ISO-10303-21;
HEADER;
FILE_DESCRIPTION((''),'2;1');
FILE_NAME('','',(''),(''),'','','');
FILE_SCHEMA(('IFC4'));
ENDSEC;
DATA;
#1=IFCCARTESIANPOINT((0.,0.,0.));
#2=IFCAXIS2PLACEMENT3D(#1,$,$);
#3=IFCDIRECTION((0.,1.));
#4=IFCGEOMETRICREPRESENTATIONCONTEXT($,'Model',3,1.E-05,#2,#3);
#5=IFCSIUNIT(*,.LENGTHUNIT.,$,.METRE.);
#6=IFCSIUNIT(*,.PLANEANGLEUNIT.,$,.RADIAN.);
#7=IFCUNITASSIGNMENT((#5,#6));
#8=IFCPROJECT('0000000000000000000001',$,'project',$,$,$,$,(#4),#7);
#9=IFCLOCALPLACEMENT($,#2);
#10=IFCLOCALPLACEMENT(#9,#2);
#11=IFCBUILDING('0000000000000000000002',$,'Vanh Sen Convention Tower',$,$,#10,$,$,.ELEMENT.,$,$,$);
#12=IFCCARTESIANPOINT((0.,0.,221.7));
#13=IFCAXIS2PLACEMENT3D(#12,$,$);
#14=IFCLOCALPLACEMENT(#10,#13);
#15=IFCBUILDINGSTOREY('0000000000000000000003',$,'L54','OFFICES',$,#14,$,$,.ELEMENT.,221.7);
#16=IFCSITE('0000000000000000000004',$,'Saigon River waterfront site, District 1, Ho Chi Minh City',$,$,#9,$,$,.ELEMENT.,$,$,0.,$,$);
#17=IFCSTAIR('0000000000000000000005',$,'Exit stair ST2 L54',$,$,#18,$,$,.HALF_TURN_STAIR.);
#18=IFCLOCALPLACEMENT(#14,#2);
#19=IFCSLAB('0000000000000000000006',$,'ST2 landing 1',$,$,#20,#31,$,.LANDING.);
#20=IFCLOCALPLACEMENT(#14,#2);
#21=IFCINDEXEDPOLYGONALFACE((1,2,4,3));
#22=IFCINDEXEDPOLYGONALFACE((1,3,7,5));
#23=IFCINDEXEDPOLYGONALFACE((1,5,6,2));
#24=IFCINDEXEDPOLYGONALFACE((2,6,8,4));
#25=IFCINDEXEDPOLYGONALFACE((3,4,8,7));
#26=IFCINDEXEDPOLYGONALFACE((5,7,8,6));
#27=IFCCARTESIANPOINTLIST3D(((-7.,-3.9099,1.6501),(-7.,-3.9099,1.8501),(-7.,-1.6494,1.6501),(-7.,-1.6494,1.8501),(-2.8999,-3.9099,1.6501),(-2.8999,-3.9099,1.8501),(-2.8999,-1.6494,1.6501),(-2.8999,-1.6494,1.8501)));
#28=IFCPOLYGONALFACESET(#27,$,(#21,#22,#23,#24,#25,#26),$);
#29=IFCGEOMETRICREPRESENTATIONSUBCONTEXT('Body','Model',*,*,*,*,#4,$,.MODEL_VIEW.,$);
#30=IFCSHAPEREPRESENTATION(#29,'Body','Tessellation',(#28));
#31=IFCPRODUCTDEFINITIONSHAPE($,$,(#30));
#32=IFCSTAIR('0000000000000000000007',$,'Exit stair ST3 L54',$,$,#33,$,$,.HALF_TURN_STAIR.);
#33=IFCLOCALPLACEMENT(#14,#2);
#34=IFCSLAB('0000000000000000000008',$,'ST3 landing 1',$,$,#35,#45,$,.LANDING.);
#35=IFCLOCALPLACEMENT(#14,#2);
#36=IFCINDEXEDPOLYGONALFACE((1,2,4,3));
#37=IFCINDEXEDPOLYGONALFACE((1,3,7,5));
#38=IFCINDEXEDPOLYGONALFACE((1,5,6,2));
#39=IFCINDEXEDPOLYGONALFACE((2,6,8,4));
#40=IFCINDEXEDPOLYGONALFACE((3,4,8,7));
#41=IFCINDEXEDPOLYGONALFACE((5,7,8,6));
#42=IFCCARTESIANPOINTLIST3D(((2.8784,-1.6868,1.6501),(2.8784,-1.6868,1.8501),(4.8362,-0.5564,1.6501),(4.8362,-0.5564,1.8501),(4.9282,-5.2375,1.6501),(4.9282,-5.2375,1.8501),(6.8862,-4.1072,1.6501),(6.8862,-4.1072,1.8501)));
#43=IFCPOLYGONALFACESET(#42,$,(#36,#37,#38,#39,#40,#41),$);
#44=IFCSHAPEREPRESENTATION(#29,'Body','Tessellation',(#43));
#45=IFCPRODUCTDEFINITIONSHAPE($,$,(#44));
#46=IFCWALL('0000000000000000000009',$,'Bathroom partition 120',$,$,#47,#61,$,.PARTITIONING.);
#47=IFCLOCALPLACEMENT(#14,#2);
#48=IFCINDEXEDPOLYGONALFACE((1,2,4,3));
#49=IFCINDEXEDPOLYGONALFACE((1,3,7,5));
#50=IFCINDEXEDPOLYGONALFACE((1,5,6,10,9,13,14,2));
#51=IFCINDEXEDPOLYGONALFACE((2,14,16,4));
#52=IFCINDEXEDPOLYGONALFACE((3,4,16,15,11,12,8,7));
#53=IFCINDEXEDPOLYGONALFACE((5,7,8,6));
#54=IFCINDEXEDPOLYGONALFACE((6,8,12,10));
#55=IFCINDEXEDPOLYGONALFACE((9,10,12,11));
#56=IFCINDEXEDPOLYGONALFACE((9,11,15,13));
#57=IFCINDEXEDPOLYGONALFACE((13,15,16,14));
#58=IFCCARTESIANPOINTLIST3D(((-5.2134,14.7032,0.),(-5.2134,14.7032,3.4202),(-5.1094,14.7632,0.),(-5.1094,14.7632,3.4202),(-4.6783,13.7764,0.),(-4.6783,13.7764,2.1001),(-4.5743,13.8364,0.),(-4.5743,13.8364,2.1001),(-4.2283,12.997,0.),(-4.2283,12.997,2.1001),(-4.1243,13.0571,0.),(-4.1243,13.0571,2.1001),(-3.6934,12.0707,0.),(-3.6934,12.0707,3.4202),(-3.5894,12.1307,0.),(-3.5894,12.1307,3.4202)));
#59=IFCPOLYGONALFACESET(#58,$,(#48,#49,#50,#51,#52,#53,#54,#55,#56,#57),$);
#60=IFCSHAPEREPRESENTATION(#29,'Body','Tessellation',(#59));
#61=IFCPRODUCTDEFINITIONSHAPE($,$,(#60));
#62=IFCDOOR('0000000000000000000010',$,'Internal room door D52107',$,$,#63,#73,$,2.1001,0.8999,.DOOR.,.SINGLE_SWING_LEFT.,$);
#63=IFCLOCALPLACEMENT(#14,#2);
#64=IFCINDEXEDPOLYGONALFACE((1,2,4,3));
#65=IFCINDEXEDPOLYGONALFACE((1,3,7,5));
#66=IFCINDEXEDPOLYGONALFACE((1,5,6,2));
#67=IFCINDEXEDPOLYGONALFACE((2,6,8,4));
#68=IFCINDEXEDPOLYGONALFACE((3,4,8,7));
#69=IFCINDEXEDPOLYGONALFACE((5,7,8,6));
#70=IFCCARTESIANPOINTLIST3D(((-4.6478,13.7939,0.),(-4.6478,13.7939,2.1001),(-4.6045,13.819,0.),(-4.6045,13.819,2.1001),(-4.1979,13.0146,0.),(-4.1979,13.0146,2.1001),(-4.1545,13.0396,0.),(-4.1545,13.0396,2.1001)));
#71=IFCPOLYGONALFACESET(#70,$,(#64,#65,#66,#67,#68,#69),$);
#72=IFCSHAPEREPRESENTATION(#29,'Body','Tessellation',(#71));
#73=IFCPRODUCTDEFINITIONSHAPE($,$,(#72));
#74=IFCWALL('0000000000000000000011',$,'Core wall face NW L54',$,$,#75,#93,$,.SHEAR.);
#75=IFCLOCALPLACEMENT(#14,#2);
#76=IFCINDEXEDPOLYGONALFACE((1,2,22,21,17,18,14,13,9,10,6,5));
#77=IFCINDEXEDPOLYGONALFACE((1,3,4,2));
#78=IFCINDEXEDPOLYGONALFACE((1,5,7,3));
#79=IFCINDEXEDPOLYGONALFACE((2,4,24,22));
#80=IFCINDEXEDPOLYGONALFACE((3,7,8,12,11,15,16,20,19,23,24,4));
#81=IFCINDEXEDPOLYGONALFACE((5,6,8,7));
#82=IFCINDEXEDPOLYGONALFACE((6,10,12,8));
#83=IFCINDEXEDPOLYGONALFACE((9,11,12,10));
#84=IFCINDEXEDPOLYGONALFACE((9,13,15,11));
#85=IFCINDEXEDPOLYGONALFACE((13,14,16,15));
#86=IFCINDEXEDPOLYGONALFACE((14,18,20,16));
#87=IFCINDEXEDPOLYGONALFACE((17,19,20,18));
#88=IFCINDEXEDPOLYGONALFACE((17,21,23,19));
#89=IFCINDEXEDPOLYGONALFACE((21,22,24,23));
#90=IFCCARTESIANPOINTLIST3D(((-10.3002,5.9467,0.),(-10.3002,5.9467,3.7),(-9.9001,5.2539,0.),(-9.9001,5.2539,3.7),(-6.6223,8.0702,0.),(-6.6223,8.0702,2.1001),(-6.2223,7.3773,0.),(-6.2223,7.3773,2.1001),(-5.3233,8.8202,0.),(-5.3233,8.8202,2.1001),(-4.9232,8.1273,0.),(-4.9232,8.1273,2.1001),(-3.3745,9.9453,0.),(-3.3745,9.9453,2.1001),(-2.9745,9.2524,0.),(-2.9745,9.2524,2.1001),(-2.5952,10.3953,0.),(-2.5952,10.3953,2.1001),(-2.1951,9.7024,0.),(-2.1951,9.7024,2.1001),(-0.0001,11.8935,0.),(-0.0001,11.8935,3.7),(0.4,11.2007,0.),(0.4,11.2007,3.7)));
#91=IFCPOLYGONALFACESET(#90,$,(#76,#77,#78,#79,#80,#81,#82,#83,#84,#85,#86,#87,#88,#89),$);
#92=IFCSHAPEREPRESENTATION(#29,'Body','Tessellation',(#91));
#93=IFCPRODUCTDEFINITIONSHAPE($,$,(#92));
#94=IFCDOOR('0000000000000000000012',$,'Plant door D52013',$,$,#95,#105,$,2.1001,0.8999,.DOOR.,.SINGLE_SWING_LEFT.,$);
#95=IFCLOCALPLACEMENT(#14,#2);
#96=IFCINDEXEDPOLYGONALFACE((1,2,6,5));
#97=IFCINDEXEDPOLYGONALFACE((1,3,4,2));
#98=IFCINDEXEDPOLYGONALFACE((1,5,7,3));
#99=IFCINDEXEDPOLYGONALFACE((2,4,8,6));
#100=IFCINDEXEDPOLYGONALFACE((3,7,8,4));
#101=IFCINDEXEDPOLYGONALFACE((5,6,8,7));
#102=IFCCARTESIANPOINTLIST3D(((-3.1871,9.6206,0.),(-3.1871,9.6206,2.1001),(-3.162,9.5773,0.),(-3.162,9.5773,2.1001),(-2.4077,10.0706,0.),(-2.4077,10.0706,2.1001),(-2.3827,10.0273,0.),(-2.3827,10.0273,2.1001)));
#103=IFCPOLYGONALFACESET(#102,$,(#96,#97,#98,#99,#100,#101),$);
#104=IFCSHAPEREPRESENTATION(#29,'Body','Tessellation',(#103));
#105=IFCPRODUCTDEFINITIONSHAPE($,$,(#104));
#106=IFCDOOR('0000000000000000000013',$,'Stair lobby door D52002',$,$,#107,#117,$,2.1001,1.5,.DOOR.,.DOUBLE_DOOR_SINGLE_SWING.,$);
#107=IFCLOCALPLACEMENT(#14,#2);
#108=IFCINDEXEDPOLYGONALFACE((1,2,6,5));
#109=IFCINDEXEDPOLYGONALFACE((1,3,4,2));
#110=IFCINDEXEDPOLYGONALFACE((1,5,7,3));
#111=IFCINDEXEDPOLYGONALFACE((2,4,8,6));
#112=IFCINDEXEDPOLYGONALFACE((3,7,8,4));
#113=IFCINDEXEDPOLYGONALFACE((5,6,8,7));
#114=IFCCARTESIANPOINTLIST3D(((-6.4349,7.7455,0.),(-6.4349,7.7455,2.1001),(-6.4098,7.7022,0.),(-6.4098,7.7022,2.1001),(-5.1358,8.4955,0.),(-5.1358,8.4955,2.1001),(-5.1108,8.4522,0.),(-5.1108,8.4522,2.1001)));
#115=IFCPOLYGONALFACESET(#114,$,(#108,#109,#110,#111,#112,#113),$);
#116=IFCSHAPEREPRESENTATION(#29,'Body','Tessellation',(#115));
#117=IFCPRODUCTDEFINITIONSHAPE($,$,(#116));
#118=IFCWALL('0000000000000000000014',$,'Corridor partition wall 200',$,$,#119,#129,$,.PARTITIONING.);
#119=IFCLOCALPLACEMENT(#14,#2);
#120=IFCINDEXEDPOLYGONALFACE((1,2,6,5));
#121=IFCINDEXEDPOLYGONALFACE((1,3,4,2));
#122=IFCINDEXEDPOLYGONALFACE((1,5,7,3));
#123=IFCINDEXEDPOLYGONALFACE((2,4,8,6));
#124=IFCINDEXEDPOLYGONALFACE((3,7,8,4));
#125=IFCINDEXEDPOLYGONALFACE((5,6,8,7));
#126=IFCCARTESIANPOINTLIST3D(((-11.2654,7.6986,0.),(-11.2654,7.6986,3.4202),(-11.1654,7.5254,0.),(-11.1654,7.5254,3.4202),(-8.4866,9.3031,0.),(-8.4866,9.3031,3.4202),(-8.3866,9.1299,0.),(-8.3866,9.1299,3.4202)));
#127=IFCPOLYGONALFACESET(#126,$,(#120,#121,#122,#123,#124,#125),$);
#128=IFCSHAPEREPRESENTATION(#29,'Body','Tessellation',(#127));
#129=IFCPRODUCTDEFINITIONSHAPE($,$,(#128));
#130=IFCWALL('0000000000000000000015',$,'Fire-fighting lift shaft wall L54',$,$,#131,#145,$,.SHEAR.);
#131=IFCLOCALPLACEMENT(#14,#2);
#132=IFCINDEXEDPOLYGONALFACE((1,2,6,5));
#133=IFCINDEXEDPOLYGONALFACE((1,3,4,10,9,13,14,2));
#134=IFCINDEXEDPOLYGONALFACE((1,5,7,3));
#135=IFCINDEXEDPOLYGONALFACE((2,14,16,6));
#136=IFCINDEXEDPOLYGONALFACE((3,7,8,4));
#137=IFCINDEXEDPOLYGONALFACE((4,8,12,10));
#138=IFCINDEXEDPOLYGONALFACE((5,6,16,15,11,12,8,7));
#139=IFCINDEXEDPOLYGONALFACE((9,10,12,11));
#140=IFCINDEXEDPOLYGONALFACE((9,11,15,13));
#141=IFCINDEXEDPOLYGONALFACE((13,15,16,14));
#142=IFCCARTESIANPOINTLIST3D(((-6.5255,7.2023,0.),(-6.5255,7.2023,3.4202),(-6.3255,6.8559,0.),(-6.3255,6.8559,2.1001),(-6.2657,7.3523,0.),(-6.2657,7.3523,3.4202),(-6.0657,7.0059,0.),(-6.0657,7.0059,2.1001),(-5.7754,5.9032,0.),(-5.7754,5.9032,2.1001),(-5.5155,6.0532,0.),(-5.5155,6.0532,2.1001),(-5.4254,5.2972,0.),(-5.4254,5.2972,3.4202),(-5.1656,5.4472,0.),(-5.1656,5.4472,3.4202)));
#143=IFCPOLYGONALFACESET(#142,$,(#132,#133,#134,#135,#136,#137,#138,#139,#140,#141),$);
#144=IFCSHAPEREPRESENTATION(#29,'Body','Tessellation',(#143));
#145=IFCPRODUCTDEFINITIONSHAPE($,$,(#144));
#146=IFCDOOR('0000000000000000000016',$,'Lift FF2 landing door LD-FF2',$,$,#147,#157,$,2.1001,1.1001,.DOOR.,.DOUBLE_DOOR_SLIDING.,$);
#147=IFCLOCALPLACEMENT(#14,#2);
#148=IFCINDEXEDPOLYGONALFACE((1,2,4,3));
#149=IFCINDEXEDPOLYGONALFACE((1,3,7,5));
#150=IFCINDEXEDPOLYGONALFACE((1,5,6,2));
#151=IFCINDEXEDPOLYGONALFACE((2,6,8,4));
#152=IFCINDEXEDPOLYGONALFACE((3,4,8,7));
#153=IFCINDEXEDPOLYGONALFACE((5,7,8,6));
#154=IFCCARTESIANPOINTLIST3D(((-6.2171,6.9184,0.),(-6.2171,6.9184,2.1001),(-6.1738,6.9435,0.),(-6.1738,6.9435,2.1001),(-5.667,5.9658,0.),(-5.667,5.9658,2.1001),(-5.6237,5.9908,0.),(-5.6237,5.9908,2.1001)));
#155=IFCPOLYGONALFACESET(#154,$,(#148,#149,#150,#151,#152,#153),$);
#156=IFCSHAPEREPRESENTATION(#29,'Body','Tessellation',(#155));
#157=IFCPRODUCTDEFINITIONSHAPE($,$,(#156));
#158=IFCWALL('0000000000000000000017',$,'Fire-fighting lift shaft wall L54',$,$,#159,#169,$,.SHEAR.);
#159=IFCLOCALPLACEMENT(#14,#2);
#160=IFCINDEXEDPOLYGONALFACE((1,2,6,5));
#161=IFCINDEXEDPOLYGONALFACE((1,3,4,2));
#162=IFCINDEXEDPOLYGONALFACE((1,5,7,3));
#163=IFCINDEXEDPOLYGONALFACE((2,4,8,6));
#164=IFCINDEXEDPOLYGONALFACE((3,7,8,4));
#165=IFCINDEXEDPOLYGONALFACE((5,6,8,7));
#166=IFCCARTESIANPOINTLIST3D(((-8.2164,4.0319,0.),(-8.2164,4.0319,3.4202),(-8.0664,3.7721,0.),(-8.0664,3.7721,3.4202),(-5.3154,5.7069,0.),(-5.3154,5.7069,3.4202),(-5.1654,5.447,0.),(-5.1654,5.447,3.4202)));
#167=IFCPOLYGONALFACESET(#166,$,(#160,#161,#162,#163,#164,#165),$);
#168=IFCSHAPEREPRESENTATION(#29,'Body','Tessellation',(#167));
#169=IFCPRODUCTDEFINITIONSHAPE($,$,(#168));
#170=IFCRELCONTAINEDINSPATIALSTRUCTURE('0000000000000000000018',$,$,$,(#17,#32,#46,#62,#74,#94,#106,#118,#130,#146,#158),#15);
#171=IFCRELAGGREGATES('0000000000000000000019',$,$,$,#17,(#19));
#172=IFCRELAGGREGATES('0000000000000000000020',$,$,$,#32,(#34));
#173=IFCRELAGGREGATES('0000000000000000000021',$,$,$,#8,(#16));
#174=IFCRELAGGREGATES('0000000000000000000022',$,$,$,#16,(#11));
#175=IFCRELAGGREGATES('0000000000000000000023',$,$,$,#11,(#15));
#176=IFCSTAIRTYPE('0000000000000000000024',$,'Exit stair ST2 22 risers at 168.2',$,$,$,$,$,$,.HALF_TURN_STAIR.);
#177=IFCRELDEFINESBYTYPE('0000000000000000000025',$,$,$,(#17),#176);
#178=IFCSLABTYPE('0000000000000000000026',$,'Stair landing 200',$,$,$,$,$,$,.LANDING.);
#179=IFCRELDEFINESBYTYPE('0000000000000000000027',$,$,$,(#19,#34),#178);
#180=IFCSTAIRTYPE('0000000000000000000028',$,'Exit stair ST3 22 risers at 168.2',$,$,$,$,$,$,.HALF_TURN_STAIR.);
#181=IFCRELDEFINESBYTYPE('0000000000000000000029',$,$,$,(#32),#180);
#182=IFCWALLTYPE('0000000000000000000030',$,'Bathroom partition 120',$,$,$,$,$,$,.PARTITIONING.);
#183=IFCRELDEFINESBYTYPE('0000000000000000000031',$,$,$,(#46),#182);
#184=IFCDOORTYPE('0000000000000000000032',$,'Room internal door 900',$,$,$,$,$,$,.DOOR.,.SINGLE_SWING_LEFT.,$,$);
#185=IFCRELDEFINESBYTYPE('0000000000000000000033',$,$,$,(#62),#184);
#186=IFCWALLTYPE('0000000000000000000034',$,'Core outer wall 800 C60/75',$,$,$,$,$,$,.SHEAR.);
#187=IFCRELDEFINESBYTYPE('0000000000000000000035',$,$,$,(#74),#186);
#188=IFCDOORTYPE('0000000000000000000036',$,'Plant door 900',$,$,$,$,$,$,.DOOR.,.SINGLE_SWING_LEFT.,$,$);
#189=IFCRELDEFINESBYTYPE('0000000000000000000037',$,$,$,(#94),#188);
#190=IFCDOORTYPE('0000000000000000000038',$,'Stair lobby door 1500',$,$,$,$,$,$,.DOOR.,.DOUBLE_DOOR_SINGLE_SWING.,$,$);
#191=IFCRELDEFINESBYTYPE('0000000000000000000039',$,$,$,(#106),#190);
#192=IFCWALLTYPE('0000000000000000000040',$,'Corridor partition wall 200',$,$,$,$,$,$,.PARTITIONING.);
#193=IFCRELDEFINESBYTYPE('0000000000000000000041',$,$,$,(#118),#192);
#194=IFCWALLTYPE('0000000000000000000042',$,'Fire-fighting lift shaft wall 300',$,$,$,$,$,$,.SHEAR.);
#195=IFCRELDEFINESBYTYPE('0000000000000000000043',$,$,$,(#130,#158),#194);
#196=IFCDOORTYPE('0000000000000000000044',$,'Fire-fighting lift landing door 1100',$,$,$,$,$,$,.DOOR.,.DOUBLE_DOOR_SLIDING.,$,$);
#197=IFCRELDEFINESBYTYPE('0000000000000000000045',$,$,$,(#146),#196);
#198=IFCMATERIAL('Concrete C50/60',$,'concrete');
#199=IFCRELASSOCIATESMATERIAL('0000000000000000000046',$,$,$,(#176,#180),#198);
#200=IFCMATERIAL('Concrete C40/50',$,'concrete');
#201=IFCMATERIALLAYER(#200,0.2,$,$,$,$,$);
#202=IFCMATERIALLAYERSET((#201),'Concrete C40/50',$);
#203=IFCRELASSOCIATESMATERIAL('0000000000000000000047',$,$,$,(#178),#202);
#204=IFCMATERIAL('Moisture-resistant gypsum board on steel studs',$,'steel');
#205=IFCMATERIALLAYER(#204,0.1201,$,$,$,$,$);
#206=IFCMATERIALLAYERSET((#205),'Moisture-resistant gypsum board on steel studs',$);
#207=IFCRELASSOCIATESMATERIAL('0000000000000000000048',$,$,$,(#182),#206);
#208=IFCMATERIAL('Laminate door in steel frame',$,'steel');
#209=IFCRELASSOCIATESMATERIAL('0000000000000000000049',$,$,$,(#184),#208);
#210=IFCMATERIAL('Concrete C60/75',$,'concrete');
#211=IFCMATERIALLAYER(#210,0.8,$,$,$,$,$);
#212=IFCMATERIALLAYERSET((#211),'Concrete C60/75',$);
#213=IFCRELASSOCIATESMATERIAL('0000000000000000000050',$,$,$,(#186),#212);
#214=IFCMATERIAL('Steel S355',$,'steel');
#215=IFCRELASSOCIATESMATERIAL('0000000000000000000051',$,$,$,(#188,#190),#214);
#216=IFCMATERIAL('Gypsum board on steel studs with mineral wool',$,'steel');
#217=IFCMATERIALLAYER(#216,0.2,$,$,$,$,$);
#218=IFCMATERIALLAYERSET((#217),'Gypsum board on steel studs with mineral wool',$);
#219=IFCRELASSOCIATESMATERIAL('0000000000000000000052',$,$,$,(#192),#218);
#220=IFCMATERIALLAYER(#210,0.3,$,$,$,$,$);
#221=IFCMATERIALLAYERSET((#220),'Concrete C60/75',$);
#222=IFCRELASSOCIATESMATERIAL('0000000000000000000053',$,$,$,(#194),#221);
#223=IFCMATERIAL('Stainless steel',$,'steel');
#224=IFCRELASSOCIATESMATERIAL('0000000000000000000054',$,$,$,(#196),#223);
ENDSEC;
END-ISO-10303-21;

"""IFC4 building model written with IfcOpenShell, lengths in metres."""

from ifc_helpers import new_model, si_unit, direction, frame, frame_2d, origin, place, context, subcontext, project, spatial, polyline, rectangle, outline, extrude, material, layer, layer_set, type_object, element, fill, aggregate, save


model = new_model("IFC4")

# Units and contexts
model_context = context("Model", 3, precision=1e-05, world=origin(), true_north=direction((0.0, 1.0)))
body_context = subcontext(model_context, "Body", "Model", "MODEL_VIEW")
ifc_project = project(units=[si_unit("LENGTHUNIT", "METRE"), si_unit("PLANEANGLEUNIT", "RADIAN")], contexts=[model_context])

# Site, building, storey
site_placement = place(None, origin())
site = spatial("IfcSite", under=ifc_project, at=site_placement, Name="Saigon River waterfront site, District 1, Ho Chi Minh City", CompositionType="ELEMENT", RefElevation=0.0)
building_placement = place(site_placement, origin())
building = spatial("IfcBuilding", under=site, at=building_placement, Name="Vanh Sen Convention Tower", CompositionType="ELEMENT")
storey_placement = place(building_placement, frame((0.0, 0.0, 221.7)))
storey = spatial("IfcBuildingStorey", under=building, at=storey_placement, Name="L54", Description="OFFICES", CompositionType="ELEMENT", Elevation=221.7)

# Stairs, slabs
ifc_material_1 = material(Name="Concrete C50/60", Category="concrete")
stair_type_1 = type_object("IfcStairType", Name="Exit stair ST2 22 risers at 168.2", PredefinedType="HALF_TURN_STAIR", material=ifc_material_1)
stair_1_placement = place(storey_placement, origin())
stair_1 = element("IfcStair", 1, at=stair_1_placement, inside=storey, type_object=stair_type_1, Name="Exit stair ST2 L54", PredefinedType="HALF_TURN_STAIR")
ifc_material_2 = material(Name="Concrete C40/50", Category="concrete")
ifc_layer_1 = layer(ifc_material_2, 0.2)
ifc_layer_set_1 = layer_set([ifc_layer_1], Name="Concrete C40/50")
slab_type = type_object("IfcSlabType", Name="Stair landing 200", PredefinedType="LANDING", material=ifc_layer_set_1)
slab_1_placement = place(storey_placement, frame((0.0, 0.0, 1.6501)))
slab_1 = element("IfcSlab", 2, at=slab_1_placement, type_object=slab_type, Name="ST2 landing 1", PredefinedType="LANDING", context=body_context, shape_type="SweptSolid", body=[
    extrude(outline(polyline([(-7.0, -1.6494), (-7.0, -3.9099), (-2.8999, -3.9099), (-2.8999, -1.6494), (-7.0, -1.6494)])), origin(), (0.0, 0.0, 1.0), 0.2),
])
aggregate(stair_1, [slab_1])
stair_type_2 = type_object("IfcStairType", Name="Exit stair ST3 22 risers at 168.2", PredefinedType="HALF_TURN_STAIR", material=ifc_material_1)
stair_2_placement = place(storey_placement, origin())
stair_2 = element("IfcStair", 3, at=stair_2_placement, inside=storey, type_object=stair_type_2, Name="Exit stair ST3 L54", PredefinedType="HALF_TURN_STAIR")
slab_2_placement = place(storey_placement, frame((0.0, 0.0, 1.6501)))
slab_2 = element("IfcSlab", 4, at=slab_2_placement, type_object=slab_type, Name="ST3 landing 1", PredefinedType="LANDING", context=body_context, shape_type="SweptSolid", body=[
    extrude(outline(polyline([(4.9282, -5.2375), (6.8862, -4.1072), (4.8362, -0.5564), (2.8784, -1.6868), (4.9282, -5.2375)])), origin(), (0.0, 0.0, 1.0), 0.2),
])
aggregate(stair_2, [slab_2])

# Wall, opening, door
ifc_material_3 = material(Name="Moisture-resistant gypsum board on steel studs", Category="steel")
ifc_layer_2 = layer(ifc_material_3, 0.1201)
ifc_layer_set_2 = layer_set([ifc_layer_2], Name="Moisture-resistant gypsum board on steel studs")
wall_type_1 = type_object("IfcWallType", Name="Bathroom partition 120", PredefinedType="PARTITIONING", material=ifc_layer_set_2)
wall_1_placement = place(storey_placement, frame((-3.6414, 12.1006, 0.0), z_axis=(0.0, 0.0, 1.0), x_axis=(-0.500026, 0.86601, 0.0)))
wall_1 = element("IfcWall", 5, at=wall_1_placement, inside=storey, type_object=wall_type_1, Name="Bathroom partition 120", PredefinedType="PARTITIONING", context=body_context, shape_type="SweptSolid", body=[
    extrude(rectangle(XDim=3.0398, YDim=0.1201, at=frame_2d((1.52, 0.0))), origin(), (0.0, 0.0, 1.0), 3.4202),
])
opening_1_placement = place(wall_1_placement, frame((1.0698, 0.0, 0.0)))
opening_1 = element("IfcOpeningElement", 6, at=opening_1_placement, cuts=wall_1, PredefinedType="OPENING", context=body_context, shape_type="SweptSolid", body=[
    extrude(rectangle(XDim=0.8999, YDim=2.1001, at=frame_2d((0.45, 1.05))), frame((0.0, 0.0701, 0.0), z_axis=(0.0, -1.0, 0.0), x_axis=(1.0, 0.0, 0.0)), (0.0, 0.0, 1.0), 0.1401),
])
ifc_material_4 = material(Name="Laminate door in steel frame", Category="steel")
door_type_1 = type_object("IfcDoorType", Name="Room internal door 900", OperationType="SINGLE_SWING_LEFT", PredefinedType="DOOR", material=ifc_material_4)
door_1_placement = place(opening_1_placement, origin())
door_1 = element("IfcDoor", 7, at=door_1_placement, inside=storey, type_object=door_type_1, Name="Internal room door D52107", OperationType="SINGLE_SWING_LEFT", OverallHeight=2.1001, OverallWidth=0.8999, PredefinedType="DOOR", context=body_context, shape_type="SweptSolid", body=[
    extrude(rectangle(XDim=0.8999, YDim=2.1001, at=frame_2d((0.45, 1.05))), frame((0.0, 0.0249, 0.0), z_axis=(0.0, -1.0, 0.0), x_axis=(1.0, 0.0, 0.0)), (0.0, 0.0, 1.0), 0.05),
])
fill(opening_1, door_1)

# Wall, openings, doors
ifc_material_5 = material(Name="Concrete C60/75", Category="concrete")
ifc_layer_3 = layer(ifc_material_5, 0.8)
ifc_layer_set_3 = layer_set([ifc_layer_3], Name="Concrete C60/75")
wall_type_2 = type_object("IfcWallType", Name="Core outer wall 800 C60/75", PredefinedType="SHEAR", material=ifc_layer_set_3)
wall_2_placement = place(storey_placement, frame((0.2, 11.5471, 0.0), z_axis=(0.0, 0.0, 1.0), x_axis=(-0.866024, -0.500003, 0.0)))
wall_2 = element("IfcWall", 8, at=wall_2_placement, inside=storey, type_object=wall_type_2, Name="Core wall face NW L54", PredefinedType="SHEAR", context=body_context, shape_type="SweptSolid", body=[
    extrude(rectangle(XDim=11.8936, YDim=0.8, at=frame_2d((5.9468, 0.0))), origin(), (0.0, 0.0, 1.0), 3.7),
])
opening_2_placement = place(wall_2_placement, frame((6.1467, 0.0, 0.0)))
opening_2 = element("IfcOpeningElement", 9, at=opening_2_placement, cuts=wall_2, PredefinedType="OPENING", context=body_context, shape_type="SweptSolid", body=[
    extrude(rectangle(XDim=1.5, YDim=2.1001, at=frame_2d((0.75, 1.05))), frame((0.0, 0.4099, 0.0), z_axis=(0.0, -1.0, 0.0), x_axis=(1.0, 0.0, 0.0)), (0.0, 0.0, 1.0), 0.8201),
])
opening_3_placement = place(wall_2_placement, frame((2.9966, 0.0, 0.0)))
opening_3 = element("IfcOpeningElement", 10, at=opening_3_placement, cuts=wall_2, PredefinedType="OPENING", context=body_context, shape_type="SweptSolid", body=[
    extrude(rectangle(XDim=0.8999, YDim=2.1001, at=frame_2d((0.45, 1.05))), frame((0.0, 0.4099, 0.0), z_axis=(0.0, -1.0, 0.0), x_axis=(1.0, 0.0, 0.0)), (0.0, 0.0, 1.0), 0.8201),
])
ifc_material_6 = material(Name="Steel S355", Category="steel")
door_type_2 = type_object("IfcDoorType", Name="Plant door 900", OperationType="SINGLE_SWING_LEFT", PredefinedType="DOOR", material=ifc_material_6)
door_2_placement = place(opening_3_placement, origin())
door_2 = element("IfcDoor", 11, at=door_2_placement, inside=storey, type_object=door_type_2, Name="Plant door D52013", OperationType="SINGLE_SWING_LEFT", OverallHeight=2.1001, OverallWidth=0.8999, PredefinedType="DOOR", context=body_context, shape_type="SweptSolid", body=[
    extrude(rectangle(XDim=0.8999, YDim=2.1001, at=frame_2d((0.45, 1.05))), frame((0.0, 0.0249, 0.0), z_axis=(0.0, -1.0, 0.0), x_axis=(1.0, 0.0, 0.0)), (0.0, 0.0, 1.0), 0.05),
])
fill(opening_3, door_2)
door_type_3 = type_object("IfcDoorType", Name="Stair lobby door 1500", OperationType="DOUBLE_DOOR_SINGLE_SWING", PredefinedType="DOOR", material=ifc_material_6)
door_3_placement = place(opening_2_placement, origin())
door_3 = element("IfcDoor", 12, at=door_3_placement, inside=storey, type_object=door_type_3, Name="Stair lobby door D52002", OperationType="DOUBLE_DOOR_SINGLE_SWING", OverallHeight=2.1001, OverallWidth=1.5, PredefinedType="DOOR", context=body_context, shape_type="SweptSolid", body=[
    extrude(rectangle(XDim=1.5, YDim=2.1001, at=frame_2d((0.75, 1.05))), frame((0.0, 0.0249, 0.0), z_axis=(0.0, -1.0, 0.0), x_axis=(1.0, 0.0, 0.0)), (0.0, 0.0, 1.0), 0.05),
])
fill(opening_2, door_3)

# Wall
ifc_material_7 = material(Name="Gypsum board on steel studs with mineral wool", Category="steel")
ifc_layer_4 = layer(ifc_material_7, 0.2)
ifc_layer_set_4 = layer_set([ifc_layer_4], Name="Gypsum board on steel studs with mineral wool")
wall_type_3 = type_object("IfcWallType", Name="Corridor partition wall 200", PredefinedType="PARTITIONING", material=ifc_layer_set_4)
wall_3_placement = place(storey_placement, frame((-8.4365, 9.2166, 0.0), z_axis=(0.0, 0.0, 1.0), x_axis=(-0.866006, -0.500034, 0.0)))
element("IfcWall", 13, at=wall_3_placement, inside=storey, type_object=wall_type_3, Name="Corridor partition wall 200", PredefinedType="PARTITIONING", context=body_context, shape_type="SweptSolid", body=[
    extrude(rectangle(XDim=3.2087, YDim=0.2, at=frame_2d((1.6045, 0.0))), origin(), (0.0, 0.0, 1.0), 3.4202),
])

# Wall, opening, door
ifc_layer_5 = layer(ifc_material_5, 0.3)
ifc_layer_set_5 = layer_set([ifc_layer_5], Name="Concrete C60/75")
wall_type_4 = type_object("IfcWallType", Name="Fire-fighting lift shaft wall 300", PredefinedType="SHEAR", material=ifc_layer_set_5)
wall_4_placement = place(storey_placement, frame((-5.2954, 5.3721, 0.0), z_axis=(0.0, 0.0, 1.0), x_axis=(-0.500078, 0.86598, 0.0)))
wall_4 = element("IfcWall", 14, at=wall_4_placement, inside=storey, type_object=wall_type_4, Name="Fire-fighting lift shaft wall L54", PredefinedType="SHEAR", context=body_context, shape_type="SweptSolid", body=[
    extrude(rectangle(XDim=2.2, YDim=0.3, at=frame_2d((1.1001, 0.0))), origin(), (0.0, 0.0, 1.0), 3.4202),
])
opening_4_placement = place(wall_4_placement, frame((0.7, 0.0, 0.0)))
opening_4 = element("IfcOpeningElement", 15, at=opening_4_placement, cuts=wall_4, PredefinedType="OPENING", context=body_context, shape_type="SweptSolid", body=[
    extrude(rectangle(XDim=1.1001, YDim=2.1001, at=frame_2d((0.55, 1.05))), frame((0.0, 0.1599, 0.0), z_axis=(0.0, -1.0, 0.0), x_axis=(1.0, 0.0, 0.0)), (0.0, 0.0, 1.0), 0.3201),
])
ifc_material_8 = material(Name="Stainless steel", Category="steel")
door_type_4 = type_object("IfcDoorType", Name="Fire-fighting lift landing door 1100", OperationType="DOUBLE_DOOR_SLIDING", PredefinedType="DOOR", material=ifc_material_8)
door_4_placement = place(opening_4_placement, origin())
door_4 = element("IfcDoor", 16, at=door_4_placement, inside=storey, type_object=door_type_4, Name="Lift FF2 landing door LD-FF2", OperationType="DOUBLE_DOOR_SLIDING", OverallHeight=2.1001, OverallWidth=1.1001, PredefinedType="DOOR", context=body_context, shape_type="SweptSolid", body=[
    extrude(rectangle(XDim=1.1001, YDim=2.1001, at=frame_2d((0.55, 1.05))), frame((0.0, 0.0249, 0.0), z_axis=(0.0, -1.0, 0.0), x_axis=(1.0, 0.0, 0.0)), (0.0, 0.0, 1.0), 0.05),
])
fill(opening_4, door_4)

# Wall
wall_5_placement = place(storey_placement, frame((-5.2405, 5.5769, 0.0), z_axis=(0.0, 0.0, 1.0), x_axis=(-0.866014, -0.500019, 0.0)))
element("IfcWall", 17, at=wall_5_placement, inside=storey, type_object=wall_type_4, Name="Fire-fighting lift shaft wall L54", PredefinedType="SHEAR", context=body_context, shape_type="SweptSolid", body=[
    extrude(rectangle(XDim=3.3499, YDim=0.3, at=frame_2d((1.6748, 0.0))), origin(), (0.0, 0.0, 1.0), 3.4202),
])

save(model, "model.ifc")
